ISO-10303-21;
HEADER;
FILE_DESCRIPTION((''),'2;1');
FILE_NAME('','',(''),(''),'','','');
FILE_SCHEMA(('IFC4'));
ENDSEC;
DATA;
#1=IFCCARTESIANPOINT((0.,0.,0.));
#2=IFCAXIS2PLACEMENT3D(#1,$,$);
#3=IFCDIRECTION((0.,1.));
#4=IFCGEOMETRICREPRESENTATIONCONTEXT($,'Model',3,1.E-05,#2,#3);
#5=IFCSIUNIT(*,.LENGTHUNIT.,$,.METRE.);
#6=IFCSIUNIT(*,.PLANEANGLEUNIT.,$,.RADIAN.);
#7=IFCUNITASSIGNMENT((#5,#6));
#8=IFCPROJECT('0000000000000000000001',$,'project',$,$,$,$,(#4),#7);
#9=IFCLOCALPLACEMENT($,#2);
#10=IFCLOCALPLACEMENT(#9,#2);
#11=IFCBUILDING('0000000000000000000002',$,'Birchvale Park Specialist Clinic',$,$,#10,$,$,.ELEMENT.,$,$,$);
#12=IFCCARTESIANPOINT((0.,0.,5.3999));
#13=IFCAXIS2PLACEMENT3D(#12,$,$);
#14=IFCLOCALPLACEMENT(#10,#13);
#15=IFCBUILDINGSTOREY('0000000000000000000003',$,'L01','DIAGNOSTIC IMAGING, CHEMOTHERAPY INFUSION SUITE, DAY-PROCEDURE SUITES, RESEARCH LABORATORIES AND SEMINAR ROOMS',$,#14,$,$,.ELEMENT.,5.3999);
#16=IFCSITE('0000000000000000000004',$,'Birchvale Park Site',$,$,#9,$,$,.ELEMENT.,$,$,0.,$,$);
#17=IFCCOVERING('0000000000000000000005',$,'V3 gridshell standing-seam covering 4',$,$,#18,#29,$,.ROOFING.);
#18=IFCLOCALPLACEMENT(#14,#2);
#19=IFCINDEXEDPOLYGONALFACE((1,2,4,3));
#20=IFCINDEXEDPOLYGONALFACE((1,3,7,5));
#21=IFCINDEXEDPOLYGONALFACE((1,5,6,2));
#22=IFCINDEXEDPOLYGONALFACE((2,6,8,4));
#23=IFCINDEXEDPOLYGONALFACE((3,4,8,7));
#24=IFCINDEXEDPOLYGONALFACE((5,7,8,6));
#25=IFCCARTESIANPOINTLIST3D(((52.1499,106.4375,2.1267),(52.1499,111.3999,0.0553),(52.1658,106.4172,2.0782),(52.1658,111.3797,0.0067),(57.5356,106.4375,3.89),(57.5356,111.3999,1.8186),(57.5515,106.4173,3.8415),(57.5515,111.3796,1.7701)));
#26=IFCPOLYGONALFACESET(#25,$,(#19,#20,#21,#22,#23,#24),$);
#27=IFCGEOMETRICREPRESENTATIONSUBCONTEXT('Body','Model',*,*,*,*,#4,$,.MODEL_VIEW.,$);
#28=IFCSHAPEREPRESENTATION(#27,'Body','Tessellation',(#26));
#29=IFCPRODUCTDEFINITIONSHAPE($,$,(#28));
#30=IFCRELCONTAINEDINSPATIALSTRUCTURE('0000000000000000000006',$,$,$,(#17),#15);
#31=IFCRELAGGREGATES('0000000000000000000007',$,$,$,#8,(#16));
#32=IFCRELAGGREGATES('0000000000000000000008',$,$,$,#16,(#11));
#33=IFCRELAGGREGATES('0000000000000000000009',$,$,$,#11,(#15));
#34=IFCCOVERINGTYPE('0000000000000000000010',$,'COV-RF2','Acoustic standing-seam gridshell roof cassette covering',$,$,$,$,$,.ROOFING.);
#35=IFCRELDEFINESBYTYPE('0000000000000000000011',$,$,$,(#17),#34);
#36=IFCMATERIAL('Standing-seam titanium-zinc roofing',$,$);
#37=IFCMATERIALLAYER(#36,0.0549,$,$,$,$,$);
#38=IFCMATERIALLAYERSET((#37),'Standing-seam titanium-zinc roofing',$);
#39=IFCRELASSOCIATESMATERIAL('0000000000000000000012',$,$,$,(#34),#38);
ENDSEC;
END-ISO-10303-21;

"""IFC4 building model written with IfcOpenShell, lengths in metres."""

from ifc_helpers import new_model, si_unit, direction, frame, origin, place, context, subcontext, project, spatial, polyline, outline, extrude, material, layer, layer_set, type_object, element, save


model = new_model("IFC4")

# Units and contexts
model_context = context("Model", 3, precision=1e-05, world=origin(), true_north=direction((0.0, 1.0)))
body_context = subcontext(model_context, "Body", "Model", "MODEL_VIEW")
ifc_project = project(units=[si_unit("LENGTHUNIT", "METRE"), si_unit("PLANEANGLEUNIT", "RADIAN")], contexts=[model_context])

# Site, building, storey
site_placement = place(None, origin())
site = spatial("IfcSite", under=ifc_project, at=site_placement, Name="Birchvale Park Site", CompositionType="ELEMENT", RefElevation=0.0)
building_placement = place(site_placement, origin())
building = spatial("IfcBuilding", under=site, at=building_placement, Name="Birchvale Park Specialist Clinic", CompositionType="ELEMENT")
storey_placement = place(building_placement, frame((0.0, 0.0, 5.3999)))
storey = spatial("IfcBuildingStorey", under=building, at=storey_placement, Name="L01", Description="DIAGNOSTIC IMAGING, CHEMOTHERAPY INFUSION SUITE, DAY-PROCEDURE SUITES, RESEARCH LABORATORIES AND SEMINAR ROOMS", CompositionType="ELEMENT", Elevation=5.3999)

# Covering
ifc_material_1 = material(Name="Standing-seam titanium-zinc roofing")
ifc_layer_1 = layer(ifc_material_1, 0.0549)
ifc_layer_set_1 = layer_set([ifc_layer_1], Name="Standing-seam titanium-zinc roofing")
covering_type = type_object("IfcCoveringType", Name="COV-RF2", Description="Acoustic standing-seam gridshell roof cassette covering", PredefinedType="ROOFING", material=ifc_layer_set_1)
covering_1_placement = place(storey_placement, frame((52.1499, 106.4375, 2.1267), z_axis=(-0.289224, 0.368745, 0.883389), x_axis=(0.950362, 0.000007, 0.311148)))
element("IfcCovering", 1, at=covering_1_placement, inside=storey, type_object=covering_type, Name="V3 gridshell standing-seam covering 4", PredefinedType="ROOFING", context=body_context, shape_type="SweptSolid", body=[
    extrude(outline(polyline([(0.0, 0.0), (5.667, 0.0), (5.0226, 5.3386), (-0.6445, 5.3387), (0.0, 0.0)])), origin(), (0.0, 0.0, -1.0), 0.0549),
])

save(model, "model.ifc")
